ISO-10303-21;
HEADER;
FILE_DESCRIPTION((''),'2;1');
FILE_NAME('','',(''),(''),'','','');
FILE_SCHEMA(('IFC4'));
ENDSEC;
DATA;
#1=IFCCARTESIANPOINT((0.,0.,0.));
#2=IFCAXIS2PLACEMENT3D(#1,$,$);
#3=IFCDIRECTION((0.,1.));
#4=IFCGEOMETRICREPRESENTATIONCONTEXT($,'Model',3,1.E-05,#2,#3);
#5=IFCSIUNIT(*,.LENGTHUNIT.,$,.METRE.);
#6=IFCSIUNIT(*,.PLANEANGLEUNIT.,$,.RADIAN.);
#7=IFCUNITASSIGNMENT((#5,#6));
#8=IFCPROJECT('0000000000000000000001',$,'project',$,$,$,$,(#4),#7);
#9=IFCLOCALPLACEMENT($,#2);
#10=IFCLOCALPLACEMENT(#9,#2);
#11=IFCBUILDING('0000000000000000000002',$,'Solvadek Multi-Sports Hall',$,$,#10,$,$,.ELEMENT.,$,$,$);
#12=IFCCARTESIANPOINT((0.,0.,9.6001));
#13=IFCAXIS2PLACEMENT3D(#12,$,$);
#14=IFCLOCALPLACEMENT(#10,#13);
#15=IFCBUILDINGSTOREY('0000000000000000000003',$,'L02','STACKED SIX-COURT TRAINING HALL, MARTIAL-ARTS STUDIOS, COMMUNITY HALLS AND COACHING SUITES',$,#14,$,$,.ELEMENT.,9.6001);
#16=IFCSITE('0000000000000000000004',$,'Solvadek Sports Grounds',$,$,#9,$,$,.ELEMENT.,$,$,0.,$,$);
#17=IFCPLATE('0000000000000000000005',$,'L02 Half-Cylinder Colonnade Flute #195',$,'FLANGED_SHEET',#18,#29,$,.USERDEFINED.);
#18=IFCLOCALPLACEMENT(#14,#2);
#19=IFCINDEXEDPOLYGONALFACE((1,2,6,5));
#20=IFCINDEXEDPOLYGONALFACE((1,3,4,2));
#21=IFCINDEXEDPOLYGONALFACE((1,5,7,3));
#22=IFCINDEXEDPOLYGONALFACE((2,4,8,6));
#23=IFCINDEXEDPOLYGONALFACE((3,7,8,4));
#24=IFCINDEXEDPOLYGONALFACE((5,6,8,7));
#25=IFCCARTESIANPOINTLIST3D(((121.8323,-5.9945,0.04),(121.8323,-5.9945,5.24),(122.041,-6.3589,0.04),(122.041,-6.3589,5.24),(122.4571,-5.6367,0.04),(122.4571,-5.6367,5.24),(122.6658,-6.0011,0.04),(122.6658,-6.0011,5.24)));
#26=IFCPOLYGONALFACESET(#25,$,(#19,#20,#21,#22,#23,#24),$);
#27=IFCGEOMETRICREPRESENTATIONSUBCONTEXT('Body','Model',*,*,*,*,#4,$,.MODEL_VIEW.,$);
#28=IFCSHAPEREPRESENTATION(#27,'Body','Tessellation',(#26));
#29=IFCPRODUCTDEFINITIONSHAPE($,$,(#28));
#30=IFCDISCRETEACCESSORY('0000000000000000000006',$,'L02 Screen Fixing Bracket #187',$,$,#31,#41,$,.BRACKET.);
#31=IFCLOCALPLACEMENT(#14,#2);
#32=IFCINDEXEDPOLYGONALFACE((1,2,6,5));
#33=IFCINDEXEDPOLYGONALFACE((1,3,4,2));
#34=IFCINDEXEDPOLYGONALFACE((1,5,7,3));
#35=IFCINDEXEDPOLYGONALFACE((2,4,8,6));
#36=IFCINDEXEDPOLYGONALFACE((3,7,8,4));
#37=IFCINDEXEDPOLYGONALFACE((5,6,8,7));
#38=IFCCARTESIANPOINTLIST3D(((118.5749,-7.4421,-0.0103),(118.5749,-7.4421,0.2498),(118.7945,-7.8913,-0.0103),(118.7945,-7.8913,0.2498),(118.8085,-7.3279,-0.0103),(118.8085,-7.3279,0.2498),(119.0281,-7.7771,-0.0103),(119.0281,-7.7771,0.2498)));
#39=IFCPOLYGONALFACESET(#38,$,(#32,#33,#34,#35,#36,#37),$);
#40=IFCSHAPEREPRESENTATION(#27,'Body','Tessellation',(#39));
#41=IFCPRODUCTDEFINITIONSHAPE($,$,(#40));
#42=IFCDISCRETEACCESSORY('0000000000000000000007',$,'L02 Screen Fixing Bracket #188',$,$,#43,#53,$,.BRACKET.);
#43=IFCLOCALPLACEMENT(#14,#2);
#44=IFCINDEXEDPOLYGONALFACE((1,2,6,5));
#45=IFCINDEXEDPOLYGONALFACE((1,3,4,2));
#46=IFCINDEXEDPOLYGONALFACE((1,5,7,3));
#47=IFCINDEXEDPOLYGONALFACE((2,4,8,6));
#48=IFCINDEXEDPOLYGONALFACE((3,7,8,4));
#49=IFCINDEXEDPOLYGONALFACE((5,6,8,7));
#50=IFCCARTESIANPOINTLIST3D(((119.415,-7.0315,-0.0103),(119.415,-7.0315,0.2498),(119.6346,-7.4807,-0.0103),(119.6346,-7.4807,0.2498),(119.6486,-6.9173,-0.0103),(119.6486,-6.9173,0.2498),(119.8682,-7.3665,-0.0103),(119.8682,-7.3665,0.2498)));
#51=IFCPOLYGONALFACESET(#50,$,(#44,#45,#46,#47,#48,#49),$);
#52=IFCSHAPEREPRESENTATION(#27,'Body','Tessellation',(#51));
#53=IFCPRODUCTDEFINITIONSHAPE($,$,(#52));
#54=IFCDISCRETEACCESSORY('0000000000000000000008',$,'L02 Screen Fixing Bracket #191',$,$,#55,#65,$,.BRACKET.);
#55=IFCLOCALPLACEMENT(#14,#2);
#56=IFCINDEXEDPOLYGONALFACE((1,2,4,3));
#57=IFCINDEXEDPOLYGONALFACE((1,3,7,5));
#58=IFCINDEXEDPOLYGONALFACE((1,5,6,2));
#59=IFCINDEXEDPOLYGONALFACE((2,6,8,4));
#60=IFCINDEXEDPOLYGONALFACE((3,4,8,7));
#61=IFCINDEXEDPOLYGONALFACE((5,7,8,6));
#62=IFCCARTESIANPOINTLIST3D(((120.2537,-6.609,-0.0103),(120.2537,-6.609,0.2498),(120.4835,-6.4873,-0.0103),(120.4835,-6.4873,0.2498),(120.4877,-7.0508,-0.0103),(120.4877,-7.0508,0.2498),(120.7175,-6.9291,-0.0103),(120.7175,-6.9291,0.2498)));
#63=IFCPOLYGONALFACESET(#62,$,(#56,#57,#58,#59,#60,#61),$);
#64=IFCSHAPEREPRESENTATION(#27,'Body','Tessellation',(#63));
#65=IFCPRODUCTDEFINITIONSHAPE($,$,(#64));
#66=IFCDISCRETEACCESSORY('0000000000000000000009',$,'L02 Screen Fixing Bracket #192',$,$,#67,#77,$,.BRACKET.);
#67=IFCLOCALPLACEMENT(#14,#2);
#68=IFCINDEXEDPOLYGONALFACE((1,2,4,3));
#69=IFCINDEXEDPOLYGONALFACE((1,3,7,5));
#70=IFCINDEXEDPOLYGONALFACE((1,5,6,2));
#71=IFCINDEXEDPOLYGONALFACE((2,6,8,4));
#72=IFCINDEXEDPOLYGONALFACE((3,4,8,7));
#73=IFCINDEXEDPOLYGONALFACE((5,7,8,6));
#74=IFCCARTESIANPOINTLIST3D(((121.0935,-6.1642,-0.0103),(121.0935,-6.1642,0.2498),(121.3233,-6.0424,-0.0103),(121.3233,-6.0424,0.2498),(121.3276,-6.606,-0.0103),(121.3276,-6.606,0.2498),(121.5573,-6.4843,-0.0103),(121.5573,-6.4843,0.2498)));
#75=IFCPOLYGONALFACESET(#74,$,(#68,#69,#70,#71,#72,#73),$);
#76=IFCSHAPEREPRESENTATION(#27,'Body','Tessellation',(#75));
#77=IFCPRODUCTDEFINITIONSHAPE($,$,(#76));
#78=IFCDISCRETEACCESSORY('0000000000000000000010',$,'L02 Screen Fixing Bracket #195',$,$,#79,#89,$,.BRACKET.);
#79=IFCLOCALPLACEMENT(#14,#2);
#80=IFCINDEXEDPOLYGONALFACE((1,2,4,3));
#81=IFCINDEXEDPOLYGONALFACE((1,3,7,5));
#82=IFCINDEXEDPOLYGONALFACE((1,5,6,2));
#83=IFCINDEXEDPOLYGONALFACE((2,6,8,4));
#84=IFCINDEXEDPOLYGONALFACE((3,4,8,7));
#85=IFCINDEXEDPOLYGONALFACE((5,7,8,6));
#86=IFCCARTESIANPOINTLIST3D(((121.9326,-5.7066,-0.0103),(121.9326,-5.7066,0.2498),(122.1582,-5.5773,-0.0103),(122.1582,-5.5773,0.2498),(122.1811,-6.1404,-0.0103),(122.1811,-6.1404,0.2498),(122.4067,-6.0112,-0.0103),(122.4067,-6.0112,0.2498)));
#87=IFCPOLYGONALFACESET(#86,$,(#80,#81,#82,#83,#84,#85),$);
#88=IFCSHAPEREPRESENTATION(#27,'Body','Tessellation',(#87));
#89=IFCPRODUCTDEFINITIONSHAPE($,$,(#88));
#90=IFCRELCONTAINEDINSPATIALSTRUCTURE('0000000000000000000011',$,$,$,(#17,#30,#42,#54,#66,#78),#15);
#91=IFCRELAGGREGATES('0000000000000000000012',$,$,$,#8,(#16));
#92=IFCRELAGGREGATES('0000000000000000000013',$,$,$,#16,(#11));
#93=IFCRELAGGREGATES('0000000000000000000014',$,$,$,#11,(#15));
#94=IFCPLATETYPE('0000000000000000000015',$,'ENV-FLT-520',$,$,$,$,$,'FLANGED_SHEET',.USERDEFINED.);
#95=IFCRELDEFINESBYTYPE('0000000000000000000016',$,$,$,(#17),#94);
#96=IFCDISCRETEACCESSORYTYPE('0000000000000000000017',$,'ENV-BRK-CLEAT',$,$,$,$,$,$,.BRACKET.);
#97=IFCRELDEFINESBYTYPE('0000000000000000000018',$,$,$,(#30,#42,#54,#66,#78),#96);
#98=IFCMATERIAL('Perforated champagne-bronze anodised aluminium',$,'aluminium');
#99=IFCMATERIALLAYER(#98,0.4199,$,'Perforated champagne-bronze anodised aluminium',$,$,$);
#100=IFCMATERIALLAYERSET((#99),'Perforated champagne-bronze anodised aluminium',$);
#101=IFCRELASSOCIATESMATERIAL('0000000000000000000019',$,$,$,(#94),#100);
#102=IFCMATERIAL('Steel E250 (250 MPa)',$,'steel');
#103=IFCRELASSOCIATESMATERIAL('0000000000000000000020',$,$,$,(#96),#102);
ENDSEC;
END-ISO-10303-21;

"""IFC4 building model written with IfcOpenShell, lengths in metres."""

from ifc_helpers import new_model, si_unit, direction, frame, origin, origin_2d, place, context, subcontext, project, spatial, rectangle, extrude, material, layer, layer_set, type_object, element, save


model = new_model("IFC4")

# Units and contexts
model_context = context("Model", 3, precision=1e-05, world=origin(), true_north=direction((0.0, 1.0)))
body_context = subcontext(model_context, "Body", "Model", "MODEL_VIEW")
ifc_project = project(units=[si_unit("LENGTHUNIT", "METRE"), si_unit("PLANEANGLEUNIT", "RADIAN")], contexts=[model_context])

# Site, building, storey
site_placement = place(None, origin())
site = spatial("IfcSite", under=ifc_project, at=site_placement, Name="Solvadek Sports Grounds", CompositionType="ELEMENT", RefElevation=0.0)
building_placement = place(site_placement, origin())
building = spatial("IfcBuilding", under=site, at=building_placement, Name="Solvadek Multi-Sports Hall", CompositionType="ELEMENT")
storey_placement = place(building_placement, frame((0.0, 0.0, 9.6001)))
storey = spatial("IfcBuildingStorey", under=building, at=storey_placement, Name="L02", Description="STACKED SIX-COURT TRAINING HALL, MARTIAL-ARTS STUDIOS, COMMUNITY HALLS AND COACHING SUITES", CompositionType="ELEMENT", Elevation=9.6001)

# Shared definitions
ifc_material_1 = material(Name="Steel E250 (250 MPa)", Category="steel")

# Plate
ifc_material_2 = material(Name="Perforated champagne-bronze anodised aluminium", Category="aluminium")
ifc_layer_1 = layer(ifc_material_2, 0.4199, Name="Perforated champagne-bronze anodised aluminium")
ifc_layer_set_1 = layer_set([ifc_layer_1], Name="Perforated champagne-bronze anodised aluminium")
plate_type_1 = type_object("IfcPlateType", Name="ENV-FLT-520", ElementType="FLANGED_SHEET", PredefinedType="USERDEFINED", material=ifc_layer_set_1)
for number, where, z_axis, x_axis, name in (
    (1, (122.249, -5.9978, 0.04), (0.0, 0.0, 1.0), (0.867753, 0.496995, 0.0), "L02 Half-Cylinder Colonnade Flute #195"),
):
    element("IfcPlate", number, at=place(storey_placement, frame(where, z_axis=z_axis, x_axis=x_axis)), inside=storey, type_object=plate_type_1, Name=name, ObjectType="FLANGED_SHEET", PredefinedType="USERDEFINED", context=body_context, shape_type="SweptSolid", body=[
        extrude(rectangle(XDim=0.72, YDim=0.4199, at=origin_2d()), origin(), (0.0, 0.0, 1.0), 5.2),
    ])

# Discrete accessories
discrete_accessory_type = type_object("IfcDiscreteAccessoryType", Name="ENV-BRK-CLEAT", PredefinedType="BRACKET", material=ifc_material_1)
for number, where, z_axis, x_axis, name in (
    (2, (118.8015, -7.6096, -0.0103), (0.0, 0.0, 1.0), (0.89837, 0.439239, 0.0), "L02 Screen Fixing Bracket #187"),
    (3, (119.6416, -7.199, -0.0103), (0.0, 0.0, 1.0), (0.89837, 0.439239, 0.0), "L02 Screen Fixing Bracket #188"),
    (4, (120.4856, -6.769, -0.0103), (0.0, 0.0, 1.0), (0.883682, 0.468088, 0.0), "L02 Screen Fixing Bracket #191"),
    (5, (121.3254, -6.3242, -0.0103), (0.0, 0.0, 1.0), (0.883682, 0.468088, 0.0), "L02 Screen Fixing Bracket #192"),
    (6, (122.1697, -5.8589, -0.0103), (0.0, 0.0, 1.0), (0.867753, 0.496995, 0.0), "L02 Screen Fixing Bracket #195"),
):
    element("IfcDiscreteAccessory", number, at=place(storey_placement, frame(where, z_axis=z_axis, x_axis=x_axis)), inside=storey, type_object=discrete_accessory_type, Name=name, PredefinedType="BRACKET", context=body_context, shape_type="SweptSolid", body=[
        extrude(rectangle(XDim=0.26, YDim=0.5, at=origin_2d()), origin(), (0.0, 0.0, 1.0), 0.26),
    ])

save(model, "model.ifc")
